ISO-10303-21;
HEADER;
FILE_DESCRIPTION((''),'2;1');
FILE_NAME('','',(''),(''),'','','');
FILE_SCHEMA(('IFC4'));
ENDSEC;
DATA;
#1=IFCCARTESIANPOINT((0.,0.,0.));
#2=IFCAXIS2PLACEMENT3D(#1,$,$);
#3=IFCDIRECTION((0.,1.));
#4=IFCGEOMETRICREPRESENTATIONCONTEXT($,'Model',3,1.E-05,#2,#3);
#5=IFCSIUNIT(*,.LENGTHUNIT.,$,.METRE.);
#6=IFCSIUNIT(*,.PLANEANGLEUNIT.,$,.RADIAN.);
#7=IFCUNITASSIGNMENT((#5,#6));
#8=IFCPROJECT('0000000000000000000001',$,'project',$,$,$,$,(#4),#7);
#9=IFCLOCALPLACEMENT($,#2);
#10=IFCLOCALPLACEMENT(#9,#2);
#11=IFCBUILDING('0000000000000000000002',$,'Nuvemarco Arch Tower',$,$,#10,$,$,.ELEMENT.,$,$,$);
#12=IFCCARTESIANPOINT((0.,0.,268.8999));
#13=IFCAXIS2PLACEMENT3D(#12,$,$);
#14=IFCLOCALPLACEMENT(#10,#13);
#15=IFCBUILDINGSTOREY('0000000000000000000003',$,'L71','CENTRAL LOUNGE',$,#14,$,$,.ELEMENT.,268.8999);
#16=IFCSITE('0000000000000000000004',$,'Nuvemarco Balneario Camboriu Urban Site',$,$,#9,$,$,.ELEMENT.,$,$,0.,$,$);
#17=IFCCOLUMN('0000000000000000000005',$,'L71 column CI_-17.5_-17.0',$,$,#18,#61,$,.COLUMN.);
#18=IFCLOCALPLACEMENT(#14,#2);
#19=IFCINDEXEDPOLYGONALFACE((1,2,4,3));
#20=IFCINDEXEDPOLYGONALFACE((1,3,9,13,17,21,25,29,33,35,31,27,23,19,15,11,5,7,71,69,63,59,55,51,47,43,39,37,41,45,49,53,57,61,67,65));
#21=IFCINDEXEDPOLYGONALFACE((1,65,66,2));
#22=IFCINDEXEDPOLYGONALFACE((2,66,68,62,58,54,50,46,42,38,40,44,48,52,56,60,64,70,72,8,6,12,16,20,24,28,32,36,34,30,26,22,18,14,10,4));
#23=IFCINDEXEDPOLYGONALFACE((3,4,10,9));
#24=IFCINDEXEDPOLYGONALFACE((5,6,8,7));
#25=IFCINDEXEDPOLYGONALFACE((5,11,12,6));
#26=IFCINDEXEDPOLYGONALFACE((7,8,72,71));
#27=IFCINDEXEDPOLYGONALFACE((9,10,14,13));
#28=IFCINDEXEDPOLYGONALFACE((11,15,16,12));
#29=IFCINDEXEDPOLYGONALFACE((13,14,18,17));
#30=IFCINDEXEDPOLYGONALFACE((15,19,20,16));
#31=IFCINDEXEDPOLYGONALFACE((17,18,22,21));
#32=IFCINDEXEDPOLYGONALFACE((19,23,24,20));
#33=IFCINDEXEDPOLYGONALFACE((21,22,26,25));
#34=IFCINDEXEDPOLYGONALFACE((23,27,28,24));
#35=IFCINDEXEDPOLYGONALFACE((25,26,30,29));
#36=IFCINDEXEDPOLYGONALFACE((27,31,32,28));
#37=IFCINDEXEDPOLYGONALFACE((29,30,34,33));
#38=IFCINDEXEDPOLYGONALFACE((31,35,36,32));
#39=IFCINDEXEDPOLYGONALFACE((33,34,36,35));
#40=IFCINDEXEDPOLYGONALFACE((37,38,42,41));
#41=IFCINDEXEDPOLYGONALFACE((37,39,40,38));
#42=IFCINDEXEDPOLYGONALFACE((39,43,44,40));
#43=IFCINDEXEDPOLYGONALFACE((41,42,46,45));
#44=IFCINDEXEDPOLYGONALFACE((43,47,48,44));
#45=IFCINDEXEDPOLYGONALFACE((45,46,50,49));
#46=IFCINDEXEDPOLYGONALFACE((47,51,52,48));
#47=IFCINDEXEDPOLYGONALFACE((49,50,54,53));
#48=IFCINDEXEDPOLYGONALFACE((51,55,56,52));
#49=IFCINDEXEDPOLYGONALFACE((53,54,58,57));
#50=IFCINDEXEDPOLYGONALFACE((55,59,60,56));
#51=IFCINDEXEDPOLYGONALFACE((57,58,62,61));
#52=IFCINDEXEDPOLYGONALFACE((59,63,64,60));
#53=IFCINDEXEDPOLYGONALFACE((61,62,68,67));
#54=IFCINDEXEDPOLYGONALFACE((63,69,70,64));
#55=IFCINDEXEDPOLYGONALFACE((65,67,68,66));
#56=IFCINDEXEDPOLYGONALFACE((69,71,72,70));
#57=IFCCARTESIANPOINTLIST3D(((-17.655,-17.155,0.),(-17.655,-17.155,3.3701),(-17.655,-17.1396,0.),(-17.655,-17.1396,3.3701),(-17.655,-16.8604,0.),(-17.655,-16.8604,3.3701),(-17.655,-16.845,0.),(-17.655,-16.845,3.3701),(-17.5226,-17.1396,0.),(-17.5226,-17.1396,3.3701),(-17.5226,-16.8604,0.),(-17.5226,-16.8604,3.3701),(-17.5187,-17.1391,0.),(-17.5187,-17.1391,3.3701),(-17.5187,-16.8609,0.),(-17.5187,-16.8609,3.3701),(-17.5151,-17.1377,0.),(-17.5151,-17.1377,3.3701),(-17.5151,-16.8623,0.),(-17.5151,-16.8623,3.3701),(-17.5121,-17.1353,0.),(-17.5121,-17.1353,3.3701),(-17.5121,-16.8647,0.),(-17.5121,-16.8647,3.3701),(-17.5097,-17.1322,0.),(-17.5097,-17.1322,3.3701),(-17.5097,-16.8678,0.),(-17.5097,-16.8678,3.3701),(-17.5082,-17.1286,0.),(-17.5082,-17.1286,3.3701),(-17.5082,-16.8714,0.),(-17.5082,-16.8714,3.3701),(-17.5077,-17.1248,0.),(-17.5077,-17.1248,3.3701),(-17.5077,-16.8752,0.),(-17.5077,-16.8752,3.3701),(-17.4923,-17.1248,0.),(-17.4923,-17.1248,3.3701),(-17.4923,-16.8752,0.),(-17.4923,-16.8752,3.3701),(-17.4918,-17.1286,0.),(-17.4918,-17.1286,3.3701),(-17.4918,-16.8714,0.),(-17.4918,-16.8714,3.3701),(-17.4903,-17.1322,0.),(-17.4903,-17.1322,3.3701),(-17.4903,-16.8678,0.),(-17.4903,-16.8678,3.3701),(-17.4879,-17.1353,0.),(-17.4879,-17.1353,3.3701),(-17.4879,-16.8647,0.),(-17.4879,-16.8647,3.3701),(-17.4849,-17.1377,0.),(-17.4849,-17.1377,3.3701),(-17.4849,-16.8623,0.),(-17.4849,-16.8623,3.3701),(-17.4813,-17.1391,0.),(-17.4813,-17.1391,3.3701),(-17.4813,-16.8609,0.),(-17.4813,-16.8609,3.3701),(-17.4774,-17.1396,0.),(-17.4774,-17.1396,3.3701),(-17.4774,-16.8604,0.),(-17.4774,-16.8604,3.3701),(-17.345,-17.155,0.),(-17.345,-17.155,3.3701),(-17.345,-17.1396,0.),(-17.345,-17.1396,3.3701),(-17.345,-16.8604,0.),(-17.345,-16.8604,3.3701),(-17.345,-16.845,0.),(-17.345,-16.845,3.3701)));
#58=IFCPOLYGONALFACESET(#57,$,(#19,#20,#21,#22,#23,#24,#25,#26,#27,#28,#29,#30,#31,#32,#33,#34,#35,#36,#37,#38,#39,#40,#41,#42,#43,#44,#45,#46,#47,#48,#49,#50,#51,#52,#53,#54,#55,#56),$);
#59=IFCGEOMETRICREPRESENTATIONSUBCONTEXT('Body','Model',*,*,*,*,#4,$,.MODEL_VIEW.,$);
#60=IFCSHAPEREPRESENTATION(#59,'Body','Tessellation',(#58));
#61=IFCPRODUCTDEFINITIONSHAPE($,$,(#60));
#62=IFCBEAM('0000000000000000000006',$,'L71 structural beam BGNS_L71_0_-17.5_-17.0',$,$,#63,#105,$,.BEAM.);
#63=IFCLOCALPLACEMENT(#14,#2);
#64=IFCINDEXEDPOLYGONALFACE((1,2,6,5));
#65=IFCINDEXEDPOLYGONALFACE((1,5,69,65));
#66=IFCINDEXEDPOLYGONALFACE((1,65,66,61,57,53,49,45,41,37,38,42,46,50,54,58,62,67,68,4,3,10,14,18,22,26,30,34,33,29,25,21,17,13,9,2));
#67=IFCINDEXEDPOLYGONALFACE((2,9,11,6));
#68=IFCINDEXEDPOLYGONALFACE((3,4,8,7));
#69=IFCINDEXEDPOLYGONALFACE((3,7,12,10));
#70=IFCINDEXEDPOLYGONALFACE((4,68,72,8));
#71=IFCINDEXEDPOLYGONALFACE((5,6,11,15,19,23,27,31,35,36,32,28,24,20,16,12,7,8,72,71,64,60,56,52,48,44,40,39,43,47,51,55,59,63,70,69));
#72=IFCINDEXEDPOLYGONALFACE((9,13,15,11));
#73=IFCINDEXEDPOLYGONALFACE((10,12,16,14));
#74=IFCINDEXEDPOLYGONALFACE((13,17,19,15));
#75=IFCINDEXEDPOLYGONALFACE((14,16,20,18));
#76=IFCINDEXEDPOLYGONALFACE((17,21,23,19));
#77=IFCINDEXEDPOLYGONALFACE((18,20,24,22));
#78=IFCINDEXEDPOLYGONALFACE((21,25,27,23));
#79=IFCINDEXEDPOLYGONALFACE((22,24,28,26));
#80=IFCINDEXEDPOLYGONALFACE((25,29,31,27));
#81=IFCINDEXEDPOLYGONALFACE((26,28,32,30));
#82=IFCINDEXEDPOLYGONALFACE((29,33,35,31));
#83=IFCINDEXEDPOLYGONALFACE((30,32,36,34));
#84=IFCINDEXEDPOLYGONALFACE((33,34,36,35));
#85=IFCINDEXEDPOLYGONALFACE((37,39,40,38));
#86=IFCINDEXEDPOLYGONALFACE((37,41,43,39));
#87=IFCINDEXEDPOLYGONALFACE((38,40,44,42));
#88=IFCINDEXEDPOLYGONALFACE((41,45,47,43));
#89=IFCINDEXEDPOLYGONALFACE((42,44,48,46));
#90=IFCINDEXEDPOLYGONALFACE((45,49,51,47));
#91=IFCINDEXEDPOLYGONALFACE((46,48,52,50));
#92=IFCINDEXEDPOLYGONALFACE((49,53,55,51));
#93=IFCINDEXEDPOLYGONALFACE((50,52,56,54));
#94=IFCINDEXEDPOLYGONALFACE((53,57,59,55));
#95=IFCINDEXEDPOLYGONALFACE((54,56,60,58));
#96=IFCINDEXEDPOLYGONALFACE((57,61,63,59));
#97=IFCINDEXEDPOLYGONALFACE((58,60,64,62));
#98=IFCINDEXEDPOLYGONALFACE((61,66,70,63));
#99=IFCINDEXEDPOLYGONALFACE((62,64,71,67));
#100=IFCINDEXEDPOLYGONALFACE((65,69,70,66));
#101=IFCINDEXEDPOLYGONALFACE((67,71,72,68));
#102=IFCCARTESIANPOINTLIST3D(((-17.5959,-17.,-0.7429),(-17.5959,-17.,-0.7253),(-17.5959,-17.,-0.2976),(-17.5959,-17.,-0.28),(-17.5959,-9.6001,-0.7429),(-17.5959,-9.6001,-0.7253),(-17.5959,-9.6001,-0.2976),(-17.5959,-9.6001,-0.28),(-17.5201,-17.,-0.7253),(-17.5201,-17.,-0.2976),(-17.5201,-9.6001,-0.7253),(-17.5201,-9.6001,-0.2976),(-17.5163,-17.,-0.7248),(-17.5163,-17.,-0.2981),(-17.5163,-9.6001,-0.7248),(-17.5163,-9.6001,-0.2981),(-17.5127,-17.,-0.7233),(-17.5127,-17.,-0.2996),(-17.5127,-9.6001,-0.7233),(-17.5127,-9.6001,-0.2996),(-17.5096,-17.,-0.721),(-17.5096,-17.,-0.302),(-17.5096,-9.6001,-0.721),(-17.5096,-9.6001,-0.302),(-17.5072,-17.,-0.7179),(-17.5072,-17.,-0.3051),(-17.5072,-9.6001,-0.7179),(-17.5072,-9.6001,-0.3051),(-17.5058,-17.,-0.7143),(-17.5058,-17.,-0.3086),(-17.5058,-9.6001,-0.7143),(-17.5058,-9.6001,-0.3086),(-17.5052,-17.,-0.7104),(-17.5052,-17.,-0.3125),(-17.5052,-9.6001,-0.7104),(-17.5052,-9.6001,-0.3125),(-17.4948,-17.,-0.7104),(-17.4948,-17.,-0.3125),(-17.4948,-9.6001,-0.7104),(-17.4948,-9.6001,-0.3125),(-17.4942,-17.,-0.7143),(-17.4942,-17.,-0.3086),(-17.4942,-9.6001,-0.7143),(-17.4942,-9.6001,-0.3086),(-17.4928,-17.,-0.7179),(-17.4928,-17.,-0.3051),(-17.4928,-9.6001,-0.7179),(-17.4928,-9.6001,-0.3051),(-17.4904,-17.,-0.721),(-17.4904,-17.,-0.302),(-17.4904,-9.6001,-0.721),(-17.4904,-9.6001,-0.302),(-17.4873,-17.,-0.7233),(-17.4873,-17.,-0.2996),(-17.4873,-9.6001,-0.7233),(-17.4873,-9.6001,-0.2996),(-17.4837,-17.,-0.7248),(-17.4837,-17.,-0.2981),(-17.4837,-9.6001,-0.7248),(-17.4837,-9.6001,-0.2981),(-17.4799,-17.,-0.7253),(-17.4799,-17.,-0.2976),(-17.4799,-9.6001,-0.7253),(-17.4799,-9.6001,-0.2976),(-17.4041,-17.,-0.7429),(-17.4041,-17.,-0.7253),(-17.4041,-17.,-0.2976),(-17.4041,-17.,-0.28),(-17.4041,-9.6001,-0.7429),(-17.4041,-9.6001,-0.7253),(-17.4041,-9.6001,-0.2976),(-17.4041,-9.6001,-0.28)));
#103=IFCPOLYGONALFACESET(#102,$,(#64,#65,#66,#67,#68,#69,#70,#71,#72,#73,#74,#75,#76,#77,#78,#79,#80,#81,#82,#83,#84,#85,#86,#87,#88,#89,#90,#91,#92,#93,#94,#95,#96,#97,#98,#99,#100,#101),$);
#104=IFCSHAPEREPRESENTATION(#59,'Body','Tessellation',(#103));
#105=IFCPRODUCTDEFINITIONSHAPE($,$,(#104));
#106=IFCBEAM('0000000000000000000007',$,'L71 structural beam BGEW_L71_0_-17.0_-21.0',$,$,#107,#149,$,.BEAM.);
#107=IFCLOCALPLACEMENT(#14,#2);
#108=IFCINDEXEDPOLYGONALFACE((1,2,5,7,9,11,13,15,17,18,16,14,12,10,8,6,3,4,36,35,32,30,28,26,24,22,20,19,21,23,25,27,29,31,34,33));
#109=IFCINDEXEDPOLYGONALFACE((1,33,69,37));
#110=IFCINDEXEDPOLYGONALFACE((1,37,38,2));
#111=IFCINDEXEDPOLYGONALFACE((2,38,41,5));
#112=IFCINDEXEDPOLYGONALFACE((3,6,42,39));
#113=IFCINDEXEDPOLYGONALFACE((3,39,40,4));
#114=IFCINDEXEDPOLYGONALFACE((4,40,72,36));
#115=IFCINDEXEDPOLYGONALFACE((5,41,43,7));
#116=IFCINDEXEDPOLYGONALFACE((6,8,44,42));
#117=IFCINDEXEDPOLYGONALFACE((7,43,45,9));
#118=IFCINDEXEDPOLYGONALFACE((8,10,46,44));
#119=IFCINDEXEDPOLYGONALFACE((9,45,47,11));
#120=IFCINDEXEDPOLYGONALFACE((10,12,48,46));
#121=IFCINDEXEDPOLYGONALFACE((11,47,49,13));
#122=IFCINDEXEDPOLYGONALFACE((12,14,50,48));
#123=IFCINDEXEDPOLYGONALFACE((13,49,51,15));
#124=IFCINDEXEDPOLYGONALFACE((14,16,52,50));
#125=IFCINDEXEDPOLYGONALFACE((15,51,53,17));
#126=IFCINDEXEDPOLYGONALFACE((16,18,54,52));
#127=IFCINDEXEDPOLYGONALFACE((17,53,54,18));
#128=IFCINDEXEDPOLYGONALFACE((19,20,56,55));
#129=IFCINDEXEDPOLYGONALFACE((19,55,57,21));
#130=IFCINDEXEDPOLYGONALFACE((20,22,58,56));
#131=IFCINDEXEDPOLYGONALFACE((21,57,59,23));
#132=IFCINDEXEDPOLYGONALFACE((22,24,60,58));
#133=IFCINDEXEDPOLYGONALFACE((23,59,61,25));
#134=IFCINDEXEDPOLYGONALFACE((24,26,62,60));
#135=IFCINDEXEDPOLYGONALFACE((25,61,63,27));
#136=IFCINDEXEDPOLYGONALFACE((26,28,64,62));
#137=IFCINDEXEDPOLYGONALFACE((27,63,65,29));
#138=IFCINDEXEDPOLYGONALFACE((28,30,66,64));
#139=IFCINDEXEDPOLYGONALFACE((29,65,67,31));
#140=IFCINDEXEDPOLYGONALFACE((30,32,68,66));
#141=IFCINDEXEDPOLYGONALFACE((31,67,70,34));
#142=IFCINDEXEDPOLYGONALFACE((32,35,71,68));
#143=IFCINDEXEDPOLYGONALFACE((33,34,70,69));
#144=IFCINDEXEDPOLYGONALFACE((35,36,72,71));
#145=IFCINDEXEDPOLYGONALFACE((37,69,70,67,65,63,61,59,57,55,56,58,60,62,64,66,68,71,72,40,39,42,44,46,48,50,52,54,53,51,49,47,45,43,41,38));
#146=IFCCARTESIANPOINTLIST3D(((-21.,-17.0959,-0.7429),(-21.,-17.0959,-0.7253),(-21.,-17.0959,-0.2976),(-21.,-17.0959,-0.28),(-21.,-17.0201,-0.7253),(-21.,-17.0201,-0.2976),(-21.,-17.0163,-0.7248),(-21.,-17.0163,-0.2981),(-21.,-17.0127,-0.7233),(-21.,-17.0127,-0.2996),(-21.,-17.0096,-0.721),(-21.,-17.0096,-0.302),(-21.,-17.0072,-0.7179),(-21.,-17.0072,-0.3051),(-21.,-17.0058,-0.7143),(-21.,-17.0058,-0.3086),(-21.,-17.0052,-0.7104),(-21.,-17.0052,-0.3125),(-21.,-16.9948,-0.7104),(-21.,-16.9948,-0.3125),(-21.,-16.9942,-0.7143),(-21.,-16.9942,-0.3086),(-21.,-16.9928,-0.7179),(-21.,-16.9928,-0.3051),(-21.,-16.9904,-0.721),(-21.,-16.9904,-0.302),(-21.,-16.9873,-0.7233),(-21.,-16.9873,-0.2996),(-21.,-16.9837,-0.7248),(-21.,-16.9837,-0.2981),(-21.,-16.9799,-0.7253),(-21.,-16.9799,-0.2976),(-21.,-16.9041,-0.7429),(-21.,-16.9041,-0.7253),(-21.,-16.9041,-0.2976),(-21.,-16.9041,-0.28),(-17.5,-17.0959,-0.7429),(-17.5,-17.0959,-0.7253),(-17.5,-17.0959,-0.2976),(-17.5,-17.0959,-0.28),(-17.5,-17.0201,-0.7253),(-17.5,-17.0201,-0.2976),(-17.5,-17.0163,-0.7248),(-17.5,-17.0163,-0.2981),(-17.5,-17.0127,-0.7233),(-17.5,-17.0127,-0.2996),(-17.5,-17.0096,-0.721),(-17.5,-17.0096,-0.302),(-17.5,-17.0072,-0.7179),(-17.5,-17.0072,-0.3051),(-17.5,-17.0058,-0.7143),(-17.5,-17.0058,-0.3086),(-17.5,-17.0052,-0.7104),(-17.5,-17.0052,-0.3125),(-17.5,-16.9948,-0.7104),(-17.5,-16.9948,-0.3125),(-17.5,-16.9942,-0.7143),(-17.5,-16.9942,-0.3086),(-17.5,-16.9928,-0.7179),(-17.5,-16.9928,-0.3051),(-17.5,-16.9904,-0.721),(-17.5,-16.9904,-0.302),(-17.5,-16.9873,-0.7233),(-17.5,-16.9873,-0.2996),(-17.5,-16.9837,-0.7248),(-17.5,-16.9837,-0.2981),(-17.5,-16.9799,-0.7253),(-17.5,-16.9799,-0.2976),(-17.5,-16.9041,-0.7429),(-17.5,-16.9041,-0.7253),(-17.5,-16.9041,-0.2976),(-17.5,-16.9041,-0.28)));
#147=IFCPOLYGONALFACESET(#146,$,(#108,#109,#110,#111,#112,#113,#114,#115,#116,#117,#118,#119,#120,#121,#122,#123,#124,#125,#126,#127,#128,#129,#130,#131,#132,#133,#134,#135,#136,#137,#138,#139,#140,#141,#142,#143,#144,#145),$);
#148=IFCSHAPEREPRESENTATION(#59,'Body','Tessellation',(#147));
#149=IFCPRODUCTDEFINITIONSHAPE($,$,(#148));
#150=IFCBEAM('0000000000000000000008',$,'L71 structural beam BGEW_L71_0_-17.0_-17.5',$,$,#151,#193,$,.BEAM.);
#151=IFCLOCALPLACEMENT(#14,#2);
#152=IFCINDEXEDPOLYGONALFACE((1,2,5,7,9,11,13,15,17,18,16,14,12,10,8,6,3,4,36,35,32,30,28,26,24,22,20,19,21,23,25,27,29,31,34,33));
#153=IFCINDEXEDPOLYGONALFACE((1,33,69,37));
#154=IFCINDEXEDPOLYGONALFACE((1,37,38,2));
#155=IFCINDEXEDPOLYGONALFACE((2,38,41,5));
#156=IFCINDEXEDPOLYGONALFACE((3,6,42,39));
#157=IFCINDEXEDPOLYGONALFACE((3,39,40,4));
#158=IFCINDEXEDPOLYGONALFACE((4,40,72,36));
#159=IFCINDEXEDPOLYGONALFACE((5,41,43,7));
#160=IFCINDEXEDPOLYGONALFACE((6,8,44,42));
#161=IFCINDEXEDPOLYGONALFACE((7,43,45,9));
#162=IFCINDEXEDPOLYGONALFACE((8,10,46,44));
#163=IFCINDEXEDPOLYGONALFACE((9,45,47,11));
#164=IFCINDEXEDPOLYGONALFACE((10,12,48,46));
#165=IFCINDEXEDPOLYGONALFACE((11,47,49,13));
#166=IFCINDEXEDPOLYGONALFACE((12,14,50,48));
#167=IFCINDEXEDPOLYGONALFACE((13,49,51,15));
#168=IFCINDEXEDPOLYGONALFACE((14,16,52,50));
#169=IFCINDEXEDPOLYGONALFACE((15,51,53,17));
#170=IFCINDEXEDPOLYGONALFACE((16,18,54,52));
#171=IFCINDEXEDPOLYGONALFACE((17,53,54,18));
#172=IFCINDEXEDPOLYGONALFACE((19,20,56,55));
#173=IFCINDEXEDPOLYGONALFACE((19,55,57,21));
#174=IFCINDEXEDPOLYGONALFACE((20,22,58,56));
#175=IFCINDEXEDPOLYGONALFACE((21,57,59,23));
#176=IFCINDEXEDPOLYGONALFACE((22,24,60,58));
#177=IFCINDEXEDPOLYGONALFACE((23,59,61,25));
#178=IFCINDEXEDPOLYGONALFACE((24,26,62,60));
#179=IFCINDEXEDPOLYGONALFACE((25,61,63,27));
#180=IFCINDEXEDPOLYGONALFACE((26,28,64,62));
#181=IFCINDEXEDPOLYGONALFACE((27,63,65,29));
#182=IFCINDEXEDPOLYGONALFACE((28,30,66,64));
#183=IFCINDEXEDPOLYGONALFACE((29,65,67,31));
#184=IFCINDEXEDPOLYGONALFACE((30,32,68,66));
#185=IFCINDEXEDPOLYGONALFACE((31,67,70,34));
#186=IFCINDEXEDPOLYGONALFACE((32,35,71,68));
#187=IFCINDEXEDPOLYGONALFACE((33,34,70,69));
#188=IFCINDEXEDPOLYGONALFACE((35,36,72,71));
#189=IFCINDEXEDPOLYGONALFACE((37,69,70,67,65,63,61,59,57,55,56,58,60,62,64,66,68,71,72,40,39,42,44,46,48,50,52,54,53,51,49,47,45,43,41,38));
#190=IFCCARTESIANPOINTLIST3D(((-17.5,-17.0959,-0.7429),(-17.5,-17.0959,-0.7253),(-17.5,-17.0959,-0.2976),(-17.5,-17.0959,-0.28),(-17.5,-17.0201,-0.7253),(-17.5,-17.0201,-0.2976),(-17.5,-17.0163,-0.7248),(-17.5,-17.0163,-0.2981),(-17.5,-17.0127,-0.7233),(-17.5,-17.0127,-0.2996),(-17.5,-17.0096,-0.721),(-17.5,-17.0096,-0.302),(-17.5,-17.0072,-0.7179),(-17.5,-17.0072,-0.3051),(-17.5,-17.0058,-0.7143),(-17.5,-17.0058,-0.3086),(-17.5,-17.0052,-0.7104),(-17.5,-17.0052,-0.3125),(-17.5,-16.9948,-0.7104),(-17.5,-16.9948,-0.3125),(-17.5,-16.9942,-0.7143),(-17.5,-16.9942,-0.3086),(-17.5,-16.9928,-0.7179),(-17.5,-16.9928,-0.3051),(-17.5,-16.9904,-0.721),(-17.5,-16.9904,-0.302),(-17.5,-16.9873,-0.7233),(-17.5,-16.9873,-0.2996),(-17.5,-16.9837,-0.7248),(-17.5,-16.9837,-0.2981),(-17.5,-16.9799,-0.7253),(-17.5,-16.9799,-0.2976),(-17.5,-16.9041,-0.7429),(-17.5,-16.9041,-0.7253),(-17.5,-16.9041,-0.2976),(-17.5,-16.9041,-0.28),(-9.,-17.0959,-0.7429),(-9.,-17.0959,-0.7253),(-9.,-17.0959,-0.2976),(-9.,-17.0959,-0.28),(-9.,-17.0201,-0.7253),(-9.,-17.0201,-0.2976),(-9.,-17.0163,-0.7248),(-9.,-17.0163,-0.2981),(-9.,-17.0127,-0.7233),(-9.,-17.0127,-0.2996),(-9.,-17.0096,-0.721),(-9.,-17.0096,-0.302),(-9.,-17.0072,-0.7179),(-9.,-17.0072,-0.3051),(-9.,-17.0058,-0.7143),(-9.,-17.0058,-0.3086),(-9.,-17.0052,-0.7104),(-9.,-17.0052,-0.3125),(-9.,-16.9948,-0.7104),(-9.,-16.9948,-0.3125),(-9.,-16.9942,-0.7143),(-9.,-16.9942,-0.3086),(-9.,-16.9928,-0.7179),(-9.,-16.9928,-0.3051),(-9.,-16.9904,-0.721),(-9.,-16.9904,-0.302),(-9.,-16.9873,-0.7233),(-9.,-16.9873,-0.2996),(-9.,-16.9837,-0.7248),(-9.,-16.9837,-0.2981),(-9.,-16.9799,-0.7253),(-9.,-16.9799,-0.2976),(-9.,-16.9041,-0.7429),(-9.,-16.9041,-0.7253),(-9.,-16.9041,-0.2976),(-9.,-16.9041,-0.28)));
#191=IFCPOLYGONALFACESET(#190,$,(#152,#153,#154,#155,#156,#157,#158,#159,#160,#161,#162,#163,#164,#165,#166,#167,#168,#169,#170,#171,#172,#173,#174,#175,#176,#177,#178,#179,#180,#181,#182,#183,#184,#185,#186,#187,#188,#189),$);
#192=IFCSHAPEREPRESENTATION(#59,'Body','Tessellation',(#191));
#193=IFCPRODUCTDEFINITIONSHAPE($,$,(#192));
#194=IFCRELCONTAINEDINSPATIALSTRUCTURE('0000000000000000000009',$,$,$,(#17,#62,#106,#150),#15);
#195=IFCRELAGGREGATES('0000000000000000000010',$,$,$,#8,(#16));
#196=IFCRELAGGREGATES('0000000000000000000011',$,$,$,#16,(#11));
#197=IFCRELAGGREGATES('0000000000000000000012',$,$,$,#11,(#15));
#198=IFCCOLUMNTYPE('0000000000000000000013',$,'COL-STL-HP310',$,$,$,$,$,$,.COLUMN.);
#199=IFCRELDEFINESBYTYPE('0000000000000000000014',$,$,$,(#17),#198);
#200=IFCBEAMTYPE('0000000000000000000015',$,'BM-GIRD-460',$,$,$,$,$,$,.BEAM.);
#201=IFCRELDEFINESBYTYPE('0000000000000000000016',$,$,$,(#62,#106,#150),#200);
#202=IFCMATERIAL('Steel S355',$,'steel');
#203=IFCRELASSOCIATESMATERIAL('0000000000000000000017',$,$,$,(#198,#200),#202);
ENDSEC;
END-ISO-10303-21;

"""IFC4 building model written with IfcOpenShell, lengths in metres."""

from ifc_helpers import new_model, si_unit, direction, frame, origin, origin_2d, place, context, subcontext, project, spatial, i_section, extrude, material, material_profile, profile_set, type_object, element, save


model = new_model("IFC4")

# Units and contexts
model_context = context("Model", 3, precision=1e-05, world=origin(), true_north=direction((0.0, 1.0)))
body_context = subcontext(model_context, "Body", "Model", "MODEL_VIEW")
ifc_project = project(units=[si_unit("LENGTHUNIT", "METRE"), si_unit("PLANEANGLEUNIT", "RADIAN")], contexts=[model_context])

# Site, building, storey
site_placement = place(None, origin())
site = spatial("IfcSite", under=ifc_project, at=site_placement, Name="Nuvemarco Balneario Camboriu Urban Site", CompositionType="ELEMENT", RefElevation=0.0)
building_placement = place(site_placement, origin())
building = spatial("IfcBuilding", under=site, at=building_placement, Name="Nuvemarco Arch Tower", CompositionType="ELEMENT")
storey_placement = place(building_placement, frame((0.0, 0.0, 268.8999)))
storey = spatial("IfcBuildingStorey", under=building, at=storey_placement, Name="L71", Description="CENTRAL LOUNGE", CompositionType="ELEMENT", Elevation=268.8999)

# Column
ifc_material_1 = material(Name="Steel S355", Category="steel")
ifc_material_profile_1 = material_profile(ifc_material_1, i_section(OverallWidth=0.3101, OverallDepth=0.3101, WebThickness=0.0154, FlangeThickness=0.0154, FilletRadius=0.0149, at=origin_2d()), Name="HP310x110")
ifc_profile_set_1 = profile_set([ifc_material_profile_1], Name="Steel S355")
column_type = type_object("IfcColumnType", Name="COL-STL-HP310", PredefinedType="COLUMN", material=ifc_profile_set_1)
column_placement = place(storey_placement, frame((-17.5, -17.0, 0.0), z_axis=(0.0, 0.0, 1.0), x_axis=(1.0, 0.0, 0.0)))
element("IfcColumn", 1, at=column_placement, inside=storey, type_object=column_type, Name="L71 column CI_-17.5_-17.0", PredefinedType="COLUMN", context=body_context, shape_type="SweptSolid", body=[
    extrude(i_section(OverallWidth=0.3101, OverallDepth=0.3101, WebThickness=0.0154, FlangeThickness=0.0154, FilletRadius=0.0149, at=origin_2d()), origin(), (0.0, 0.0, 1.0), 3.3701),
])

# Beams
ifc_material_profile_2 = material_profile(ifc_material_1, i_section(OverallWidth=0.1919, OverallDepth=0.4629, WebThickness=0.0105, FlangeThickness=0.0176, FilletRadius=0.0149, at=origin_2d()), Name="W460x89")
ifc_profile_set_2 = profile_set([ifc_material_profile_2], Name="Steel S355")
beam_type_1 = type_object("IfcBeamType", Name="BM-GIRD-460", PredefinedType="BEAM", material=ifc_profile_set_2)
beam_1_placement = place(storey_placement, frame((-17.5, -17.0, -0.5115), z_axis=(0.0, 1.0, 0.0), x_axis=(-1.0, 0.0, 0.0)))
element("IfcBeam", 2, at=beam_1_placement, inside=storey, type_object=beam_type_1, Name="L71 structural beam BGNS_L71_0_-17.5_-17.0", PredefinedType="BEAM", context=body_context, shape_type="SweptSolid", body=[
    extrude(i_section(OverallWidth=0.1919, OverallDepth=0.4629, WebThickness=0.0105, FlangeThickness=0.0176, FilletRadius=0.0149, at=origin_2d()), origin(), (0.0, 0.0, 1.0), 7.3999),
])
beam_2_placement = place(storey_placement, frame((-21.0, -17.0, -0.5115), z_axis=(1.0, 0.0, 0.0), x_axis=(0.0, 1.0, 0.0)))
element("IfcBeam", 3, at=beam_2_placement, inside=storey, type_object=beam_type_1, Name="L71 structural beam BGEW_L71_0_-17.0_-21.0", PredefinedType="BEAM", context=body_context, shape_type="SweptSolid", body=[
    extrude(i_section(OverallWidth=0.1919, OverallDepth=0.4629, WebThickness=0.0105, FlangeThickness=0.0176, FilletRadius=0.0149, at=origin_2d()), origin(), (0.0, 0.0, 1.0), 3.5),
])
beam_3_placement = place(storey_placement, frame((-17.5, -17.0, -0.5115), z_axis=(1.0, 0.0, 0.0), x_axis=(0.0, 1.0, 0.0)))
element("IfcBeam", 4, at=beam_3_placement, inside=storey, type_object=beam_type_1, Name="L71 structural beam BGEW_L71_0_-17.0_-17.5", PredefinedType="BEAM", context=body_context, shape_type="SweptSolid", body=[
    extrude(i_section(OverallWidth=0.1919, OverallDepth=0.4629, WebThickness=0.0105, FlangeThickness=0.0176, FilletRadius=0.0149, at=origin_2d()), origin(), (0.0, 0.0, 1.0), 8.5),
])

save(model, "model.ifc")
